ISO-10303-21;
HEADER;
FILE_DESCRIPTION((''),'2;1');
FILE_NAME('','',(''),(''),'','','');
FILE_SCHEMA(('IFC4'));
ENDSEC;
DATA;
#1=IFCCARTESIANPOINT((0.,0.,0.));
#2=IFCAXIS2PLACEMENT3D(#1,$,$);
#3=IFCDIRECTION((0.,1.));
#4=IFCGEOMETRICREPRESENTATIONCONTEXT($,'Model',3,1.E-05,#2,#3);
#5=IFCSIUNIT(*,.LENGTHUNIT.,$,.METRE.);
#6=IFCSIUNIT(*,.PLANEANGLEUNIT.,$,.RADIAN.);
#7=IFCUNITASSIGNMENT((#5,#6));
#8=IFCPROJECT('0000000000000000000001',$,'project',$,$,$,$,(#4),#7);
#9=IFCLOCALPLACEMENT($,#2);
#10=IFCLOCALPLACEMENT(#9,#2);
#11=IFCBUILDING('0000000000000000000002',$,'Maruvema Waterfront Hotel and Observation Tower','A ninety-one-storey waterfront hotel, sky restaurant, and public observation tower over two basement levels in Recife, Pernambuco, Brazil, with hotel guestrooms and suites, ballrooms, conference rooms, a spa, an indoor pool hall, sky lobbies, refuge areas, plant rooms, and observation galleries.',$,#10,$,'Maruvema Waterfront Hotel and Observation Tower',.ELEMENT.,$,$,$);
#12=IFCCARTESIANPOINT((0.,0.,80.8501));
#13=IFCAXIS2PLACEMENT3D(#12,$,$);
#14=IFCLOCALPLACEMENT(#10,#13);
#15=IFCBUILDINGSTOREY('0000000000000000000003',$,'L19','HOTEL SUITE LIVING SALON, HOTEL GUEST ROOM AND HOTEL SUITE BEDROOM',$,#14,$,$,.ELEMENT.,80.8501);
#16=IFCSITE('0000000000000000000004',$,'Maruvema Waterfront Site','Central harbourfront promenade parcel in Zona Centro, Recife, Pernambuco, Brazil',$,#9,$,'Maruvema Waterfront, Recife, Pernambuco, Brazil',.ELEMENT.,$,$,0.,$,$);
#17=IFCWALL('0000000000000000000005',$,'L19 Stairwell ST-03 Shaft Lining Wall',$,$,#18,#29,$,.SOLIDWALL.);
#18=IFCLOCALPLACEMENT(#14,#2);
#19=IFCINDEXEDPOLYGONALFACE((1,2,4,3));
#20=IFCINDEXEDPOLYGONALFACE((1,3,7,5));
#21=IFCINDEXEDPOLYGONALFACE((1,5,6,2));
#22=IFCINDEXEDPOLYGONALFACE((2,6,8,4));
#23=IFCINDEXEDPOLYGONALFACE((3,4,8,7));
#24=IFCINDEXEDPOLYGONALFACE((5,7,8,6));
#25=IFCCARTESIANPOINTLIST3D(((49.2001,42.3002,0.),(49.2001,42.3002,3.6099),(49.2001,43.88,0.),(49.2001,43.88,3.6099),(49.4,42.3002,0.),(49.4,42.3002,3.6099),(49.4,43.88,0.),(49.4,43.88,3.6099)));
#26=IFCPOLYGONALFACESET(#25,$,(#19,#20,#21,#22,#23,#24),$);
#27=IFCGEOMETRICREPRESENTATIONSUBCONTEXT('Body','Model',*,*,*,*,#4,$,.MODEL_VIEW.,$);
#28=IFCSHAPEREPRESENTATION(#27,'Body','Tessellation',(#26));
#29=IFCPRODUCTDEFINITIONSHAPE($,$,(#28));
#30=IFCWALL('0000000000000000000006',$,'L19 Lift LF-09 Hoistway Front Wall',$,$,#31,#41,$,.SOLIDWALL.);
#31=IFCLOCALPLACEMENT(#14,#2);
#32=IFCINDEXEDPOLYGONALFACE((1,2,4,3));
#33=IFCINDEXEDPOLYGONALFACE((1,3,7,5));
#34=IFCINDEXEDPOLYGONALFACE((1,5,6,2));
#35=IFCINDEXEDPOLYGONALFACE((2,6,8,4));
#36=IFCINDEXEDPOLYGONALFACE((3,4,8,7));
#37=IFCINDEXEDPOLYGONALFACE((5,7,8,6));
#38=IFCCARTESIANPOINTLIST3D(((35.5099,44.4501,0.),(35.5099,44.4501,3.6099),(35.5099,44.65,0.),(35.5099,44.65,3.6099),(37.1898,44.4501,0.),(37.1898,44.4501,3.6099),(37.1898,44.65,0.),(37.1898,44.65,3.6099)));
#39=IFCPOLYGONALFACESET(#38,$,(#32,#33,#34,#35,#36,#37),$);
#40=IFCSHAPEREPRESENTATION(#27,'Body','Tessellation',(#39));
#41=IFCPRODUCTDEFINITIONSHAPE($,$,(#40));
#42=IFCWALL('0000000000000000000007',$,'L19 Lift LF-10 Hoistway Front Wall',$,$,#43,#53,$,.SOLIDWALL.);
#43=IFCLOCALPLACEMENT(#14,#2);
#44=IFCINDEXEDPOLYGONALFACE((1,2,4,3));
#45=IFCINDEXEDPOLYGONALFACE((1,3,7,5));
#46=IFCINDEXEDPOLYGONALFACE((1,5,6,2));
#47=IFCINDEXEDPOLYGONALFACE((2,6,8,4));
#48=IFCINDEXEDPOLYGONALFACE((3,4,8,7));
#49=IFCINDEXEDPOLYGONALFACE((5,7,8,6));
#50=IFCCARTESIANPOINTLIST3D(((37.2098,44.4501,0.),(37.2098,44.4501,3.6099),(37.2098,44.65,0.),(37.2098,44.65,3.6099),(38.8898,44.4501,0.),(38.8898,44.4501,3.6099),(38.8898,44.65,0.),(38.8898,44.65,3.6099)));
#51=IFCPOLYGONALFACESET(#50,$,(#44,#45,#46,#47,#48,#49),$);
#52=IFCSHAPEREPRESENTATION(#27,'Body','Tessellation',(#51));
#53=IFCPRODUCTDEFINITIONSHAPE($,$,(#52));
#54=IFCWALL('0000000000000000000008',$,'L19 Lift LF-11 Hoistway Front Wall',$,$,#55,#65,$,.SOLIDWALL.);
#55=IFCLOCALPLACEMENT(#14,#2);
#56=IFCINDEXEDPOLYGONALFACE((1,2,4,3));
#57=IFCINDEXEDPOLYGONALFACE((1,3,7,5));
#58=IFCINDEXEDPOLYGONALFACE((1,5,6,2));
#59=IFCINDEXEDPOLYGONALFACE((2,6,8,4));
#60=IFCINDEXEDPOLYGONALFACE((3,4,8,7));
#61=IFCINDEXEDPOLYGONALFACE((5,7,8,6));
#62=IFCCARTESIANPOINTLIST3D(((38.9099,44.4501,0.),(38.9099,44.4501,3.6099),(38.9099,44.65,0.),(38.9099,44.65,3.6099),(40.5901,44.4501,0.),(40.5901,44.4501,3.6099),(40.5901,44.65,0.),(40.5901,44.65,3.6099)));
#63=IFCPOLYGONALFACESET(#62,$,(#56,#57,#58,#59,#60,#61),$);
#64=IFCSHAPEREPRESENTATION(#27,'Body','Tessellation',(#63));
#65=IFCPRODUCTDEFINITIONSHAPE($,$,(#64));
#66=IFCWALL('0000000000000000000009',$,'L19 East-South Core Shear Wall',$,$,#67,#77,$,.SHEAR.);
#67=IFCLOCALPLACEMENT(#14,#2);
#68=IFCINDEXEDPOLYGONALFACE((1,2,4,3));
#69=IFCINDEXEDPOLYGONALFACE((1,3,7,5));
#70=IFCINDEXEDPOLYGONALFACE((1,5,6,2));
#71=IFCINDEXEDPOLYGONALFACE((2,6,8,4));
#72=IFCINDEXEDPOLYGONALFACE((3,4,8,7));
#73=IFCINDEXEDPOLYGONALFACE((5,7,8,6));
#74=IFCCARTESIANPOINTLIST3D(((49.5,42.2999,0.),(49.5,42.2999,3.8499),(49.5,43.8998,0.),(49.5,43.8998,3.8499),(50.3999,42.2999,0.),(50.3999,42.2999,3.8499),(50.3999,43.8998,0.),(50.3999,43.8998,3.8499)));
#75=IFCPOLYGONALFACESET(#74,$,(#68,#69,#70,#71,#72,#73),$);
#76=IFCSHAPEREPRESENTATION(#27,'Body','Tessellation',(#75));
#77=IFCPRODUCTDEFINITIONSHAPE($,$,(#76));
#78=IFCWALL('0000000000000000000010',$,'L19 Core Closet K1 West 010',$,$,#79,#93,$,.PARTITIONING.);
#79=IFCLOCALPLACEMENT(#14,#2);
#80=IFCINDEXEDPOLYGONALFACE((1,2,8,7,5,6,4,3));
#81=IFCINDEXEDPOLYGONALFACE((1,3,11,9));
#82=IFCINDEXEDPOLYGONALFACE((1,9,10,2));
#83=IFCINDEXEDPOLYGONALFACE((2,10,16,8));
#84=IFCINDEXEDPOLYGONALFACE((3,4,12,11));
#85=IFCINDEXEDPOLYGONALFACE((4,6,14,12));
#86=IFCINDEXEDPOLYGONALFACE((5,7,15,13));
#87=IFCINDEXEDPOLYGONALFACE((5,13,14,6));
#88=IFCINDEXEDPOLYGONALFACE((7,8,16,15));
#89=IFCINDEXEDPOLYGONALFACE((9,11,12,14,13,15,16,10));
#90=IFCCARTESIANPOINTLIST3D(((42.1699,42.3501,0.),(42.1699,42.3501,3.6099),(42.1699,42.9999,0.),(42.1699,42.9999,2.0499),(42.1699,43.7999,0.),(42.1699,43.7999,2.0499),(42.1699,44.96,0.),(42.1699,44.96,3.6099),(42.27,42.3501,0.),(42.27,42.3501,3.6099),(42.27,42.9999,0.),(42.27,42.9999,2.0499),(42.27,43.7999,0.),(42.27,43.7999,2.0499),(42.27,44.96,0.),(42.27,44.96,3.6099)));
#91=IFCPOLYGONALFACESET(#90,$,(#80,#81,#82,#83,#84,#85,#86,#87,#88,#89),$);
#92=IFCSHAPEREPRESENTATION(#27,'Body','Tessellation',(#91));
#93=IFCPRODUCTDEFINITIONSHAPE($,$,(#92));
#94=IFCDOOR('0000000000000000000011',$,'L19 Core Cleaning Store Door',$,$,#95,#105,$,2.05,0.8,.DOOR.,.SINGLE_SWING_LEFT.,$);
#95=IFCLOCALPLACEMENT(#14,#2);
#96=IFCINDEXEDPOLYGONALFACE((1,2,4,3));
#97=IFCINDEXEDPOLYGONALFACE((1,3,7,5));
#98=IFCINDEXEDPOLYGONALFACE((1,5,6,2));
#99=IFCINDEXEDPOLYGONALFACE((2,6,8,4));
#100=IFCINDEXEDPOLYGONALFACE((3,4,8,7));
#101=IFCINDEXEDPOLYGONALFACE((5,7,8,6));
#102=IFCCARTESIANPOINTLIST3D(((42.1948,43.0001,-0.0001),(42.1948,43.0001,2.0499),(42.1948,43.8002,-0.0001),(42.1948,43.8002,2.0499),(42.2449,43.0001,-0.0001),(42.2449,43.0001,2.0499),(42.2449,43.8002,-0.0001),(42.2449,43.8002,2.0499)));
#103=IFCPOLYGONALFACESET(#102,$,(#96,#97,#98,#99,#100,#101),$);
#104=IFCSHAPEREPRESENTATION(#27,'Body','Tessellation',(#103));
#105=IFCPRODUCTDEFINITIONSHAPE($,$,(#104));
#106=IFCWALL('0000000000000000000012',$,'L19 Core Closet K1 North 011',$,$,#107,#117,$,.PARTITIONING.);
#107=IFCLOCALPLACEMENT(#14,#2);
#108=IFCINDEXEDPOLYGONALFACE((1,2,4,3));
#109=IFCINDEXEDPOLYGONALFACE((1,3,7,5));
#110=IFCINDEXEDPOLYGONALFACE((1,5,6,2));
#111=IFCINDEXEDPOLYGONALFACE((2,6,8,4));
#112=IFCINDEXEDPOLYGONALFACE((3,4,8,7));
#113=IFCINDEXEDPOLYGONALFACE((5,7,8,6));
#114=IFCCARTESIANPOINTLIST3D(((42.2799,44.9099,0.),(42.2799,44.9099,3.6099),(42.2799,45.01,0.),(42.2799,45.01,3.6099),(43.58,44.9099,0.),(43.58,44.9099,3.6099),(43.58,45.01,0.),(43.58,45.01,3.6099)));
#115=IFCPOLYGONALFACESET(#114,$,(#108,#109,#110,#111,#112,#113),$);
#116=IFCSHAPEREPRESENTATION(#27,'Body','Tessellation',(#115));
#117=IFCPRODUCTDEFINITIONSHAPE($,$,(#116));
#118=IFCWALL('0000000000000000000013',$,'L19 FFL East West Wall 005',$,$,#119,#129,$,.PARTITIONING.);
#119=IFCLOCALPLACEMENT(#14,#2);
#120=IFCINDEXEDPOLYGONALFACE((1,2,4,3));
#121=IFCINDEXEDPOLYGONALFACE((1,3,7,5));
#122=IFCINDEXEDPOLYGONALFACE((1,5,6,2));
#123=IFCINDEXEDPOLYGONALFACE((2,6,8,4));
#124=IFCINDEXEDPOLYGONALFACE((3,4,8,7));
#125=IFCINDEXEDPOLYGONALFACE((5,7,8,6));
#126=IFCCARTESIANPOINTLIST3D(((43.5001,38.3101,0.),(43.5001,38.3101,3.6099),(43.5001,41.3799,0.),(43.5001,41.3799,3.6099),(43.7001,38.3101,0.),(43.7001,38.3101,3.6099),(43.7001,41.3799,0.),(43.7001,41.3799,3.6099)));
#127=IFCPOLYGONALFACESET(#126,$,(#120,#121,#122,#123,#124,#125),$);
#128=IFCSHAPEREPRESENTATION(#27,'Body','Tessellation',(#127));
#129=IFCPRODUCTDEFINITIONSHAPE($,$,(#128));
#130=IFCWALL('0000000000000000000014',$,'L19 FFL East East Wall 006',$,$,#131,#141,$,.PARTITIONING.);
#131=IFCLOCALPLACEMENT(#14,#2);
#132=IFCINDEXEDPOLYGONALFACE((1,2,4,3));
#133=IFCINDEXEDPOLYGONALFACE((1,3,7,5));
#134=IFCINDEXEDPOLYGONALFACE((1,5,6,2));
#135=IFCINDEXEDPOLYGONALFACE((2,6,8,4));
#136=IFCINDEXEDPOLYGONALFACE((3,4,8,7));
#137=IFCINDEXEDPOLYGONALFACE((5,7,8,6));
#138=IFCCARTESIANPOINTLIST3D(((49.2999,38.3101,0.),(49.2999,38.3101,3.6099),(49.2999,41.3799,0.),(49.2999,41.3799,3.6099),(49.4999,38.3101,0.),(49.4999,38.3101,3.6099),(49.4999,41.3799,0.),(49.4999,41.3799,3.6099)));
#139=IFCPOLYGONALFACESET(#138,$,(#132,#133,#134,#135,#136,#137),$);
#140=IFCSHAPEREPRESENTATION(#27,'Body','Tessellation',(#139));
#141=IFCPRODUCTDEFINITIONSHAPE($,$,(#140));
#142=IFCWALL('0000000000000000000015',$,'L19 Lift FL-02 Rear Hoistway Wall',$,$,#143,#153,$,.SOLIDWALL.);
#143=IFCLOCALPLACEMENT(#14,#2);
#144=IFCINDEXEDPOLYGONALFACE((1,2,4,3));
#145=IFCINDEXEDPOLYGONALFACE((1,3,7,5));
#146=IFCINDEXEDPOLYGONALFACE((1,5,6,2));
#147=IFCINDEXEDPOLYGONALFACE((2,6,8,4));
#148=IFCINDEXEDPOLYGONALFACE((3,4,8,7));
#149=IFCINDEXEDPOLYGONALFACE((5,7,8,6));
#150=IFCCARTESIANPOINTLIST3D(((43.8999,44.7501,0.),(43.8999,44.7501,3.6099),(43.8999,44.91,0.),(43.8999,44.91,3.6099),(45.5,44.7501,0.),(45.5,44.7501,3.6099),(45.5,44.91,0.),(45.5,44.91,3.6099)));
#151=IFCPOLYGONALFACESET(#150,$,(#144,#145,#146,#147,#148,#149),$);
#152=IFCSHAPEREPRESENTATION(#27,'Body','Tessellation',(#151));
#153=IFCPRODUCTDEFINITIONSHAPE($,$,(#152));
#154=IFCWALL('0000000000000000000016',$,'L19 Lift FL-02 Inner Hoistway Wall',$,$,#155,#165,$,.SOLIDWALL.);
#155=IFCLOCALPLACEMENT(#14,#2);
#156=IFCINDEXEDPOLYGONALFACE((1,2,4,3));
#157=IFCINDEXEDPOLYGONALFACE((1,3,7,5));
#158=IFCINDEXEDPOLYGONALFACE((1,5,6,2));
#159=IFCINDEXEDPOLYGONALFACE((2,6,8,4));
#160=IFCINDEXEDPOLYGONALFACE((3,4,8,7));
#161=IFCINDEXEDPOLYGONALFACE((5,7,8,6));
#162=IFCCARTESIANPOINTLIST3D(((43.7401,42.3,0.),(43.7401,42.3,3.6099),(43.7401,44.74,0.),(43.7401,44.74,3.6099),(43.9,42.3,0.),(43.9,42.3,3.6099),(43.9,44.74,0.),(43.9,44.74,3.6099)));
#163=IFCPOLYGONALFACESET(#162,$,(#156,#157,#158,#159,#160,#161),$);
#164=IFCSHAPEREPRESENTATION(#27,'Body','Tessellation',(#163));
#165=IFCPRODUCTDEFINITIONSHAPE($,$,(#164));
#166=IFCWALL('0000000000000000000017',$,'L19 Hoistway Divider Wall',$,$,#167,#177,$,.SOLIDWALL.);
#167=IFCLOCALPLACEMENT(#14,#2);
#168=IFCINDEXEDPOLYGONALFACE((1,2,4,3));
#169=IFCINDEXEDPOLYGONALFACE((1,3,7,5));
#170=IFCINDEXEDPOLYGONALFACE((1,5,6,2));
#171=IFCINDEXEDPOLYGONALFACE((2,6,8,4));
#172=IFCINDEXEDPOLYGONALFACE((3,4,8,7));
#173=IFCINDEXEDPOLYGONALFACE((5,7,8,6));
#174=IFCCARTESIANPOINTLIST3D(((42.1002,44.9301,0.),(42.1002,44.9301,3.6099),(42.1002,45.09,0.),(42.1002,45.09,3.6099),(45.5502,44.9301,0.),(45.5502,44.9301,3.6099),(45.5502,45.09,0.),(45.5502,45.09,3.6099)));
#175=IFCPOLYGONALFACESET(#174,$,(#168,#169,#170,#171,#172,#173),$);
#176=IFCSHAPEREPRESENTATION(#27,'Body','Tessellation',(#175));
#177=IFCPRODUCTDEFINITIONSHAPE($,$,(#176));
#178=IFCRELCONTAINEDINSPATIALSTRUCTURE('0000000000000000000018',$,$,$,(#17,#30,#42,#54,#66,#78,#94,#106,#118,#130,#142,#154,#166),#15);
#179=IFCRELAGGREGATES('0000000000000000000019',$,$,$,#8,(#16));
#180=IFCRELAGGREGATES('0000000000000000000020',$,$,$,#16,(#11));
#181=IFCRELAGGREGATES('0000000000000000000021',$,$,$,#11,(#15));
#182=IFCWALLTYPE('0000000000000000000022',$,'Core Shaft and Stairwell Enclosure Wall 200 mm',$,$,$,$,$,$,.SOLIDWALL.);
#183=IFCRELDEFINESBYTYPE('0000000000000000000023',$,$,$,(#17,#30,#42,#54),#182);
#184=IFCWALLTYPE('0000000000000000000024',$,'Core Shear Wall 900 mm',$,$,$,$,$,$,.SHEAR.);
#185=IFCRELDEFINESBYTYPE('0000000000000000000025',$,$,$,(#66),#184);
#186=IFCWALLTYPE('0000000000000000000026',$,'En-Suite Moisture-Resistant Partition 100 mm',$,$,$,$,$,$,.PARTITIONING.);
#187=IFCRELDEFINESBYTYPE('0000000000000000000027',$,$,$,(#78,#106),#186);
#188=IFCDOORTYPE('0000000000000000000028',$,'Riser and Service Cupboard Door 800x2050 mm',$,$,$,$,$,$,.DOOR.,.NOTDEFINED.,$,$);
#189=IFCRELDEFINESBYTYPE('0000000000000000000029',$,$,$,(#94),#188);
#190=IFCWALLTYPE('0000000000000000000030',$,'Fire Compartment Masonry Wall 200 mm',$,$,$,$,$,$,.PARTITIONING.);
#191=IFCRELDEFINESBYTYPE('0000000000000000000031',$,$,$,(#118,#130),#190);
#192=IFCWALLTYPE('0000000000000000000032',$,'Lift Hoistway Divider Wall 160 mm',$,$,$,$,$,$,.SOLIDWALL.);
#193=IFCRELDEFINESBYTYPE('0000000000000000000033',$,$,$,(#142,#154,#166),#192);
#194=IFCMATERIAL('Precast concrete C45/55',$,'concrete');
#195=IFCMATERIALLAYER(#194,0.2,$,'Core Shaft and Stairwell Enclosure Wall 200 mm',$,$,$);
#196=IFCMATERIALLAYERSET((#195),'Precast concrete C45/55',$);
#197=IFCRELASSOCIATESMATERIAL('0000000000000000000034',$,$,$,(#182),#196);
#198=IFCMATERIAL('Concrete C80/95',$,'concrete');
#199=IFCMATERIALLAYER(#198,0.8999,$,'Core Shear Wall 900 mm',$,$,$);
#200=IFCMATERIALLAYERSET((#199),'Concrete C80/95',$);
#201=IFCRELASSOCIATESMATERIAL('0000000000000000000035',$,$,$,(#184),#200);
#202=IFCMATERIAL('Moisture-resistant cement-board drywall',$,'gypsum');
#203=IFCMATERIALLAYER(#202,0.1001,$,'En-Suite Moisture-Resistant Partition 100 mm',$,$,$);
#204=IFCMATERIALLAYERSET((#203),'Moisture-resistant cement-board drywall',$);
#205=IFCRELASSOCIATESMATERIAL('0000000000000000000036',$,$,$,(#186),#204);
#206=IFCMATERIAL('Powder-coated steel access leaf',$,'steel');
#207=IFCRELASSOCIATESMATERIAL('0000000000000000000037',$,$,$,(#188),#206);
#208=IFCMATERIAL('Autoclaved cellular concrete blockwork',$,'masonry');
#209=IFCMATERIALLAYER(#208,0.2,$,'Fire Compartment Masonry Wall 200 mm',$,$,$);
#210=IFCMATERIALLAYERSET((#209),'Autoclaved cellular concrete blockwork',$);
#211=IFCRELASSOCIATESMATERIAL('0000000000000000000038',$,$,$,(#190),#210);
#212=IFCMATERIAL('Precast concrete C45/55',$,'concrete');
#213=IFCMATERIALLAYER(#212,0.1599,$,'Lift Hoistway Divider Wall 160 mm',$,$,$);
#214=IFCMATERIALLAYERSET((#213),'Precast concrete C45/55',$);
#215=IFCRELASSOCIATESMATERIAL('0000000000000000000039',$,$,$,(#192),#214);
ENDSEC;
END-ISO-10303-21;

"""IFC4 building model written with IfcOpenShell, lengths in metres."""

from ifc_helpers import new_model, si_unit, direction, frame, frame_2d, origin, place, context, subcontext, project, spatial, rectangle, extrude, material, layer, layer_set, type_object, element, fill, save


model = new_model("IFC4")

# Units and contexts
model_context = context("Model", 3, precision=1e-05, world=origin(), true_north=direction((0.0, 1.0)))
body_context = subcontext(model_context, "Body", "Model", "MODEL_VIEW")
ifc_project = project(units=[si_unit("LENGTHUNIT", "METRE"), si_unit("PLANEANGLEUNIT", "RADIAN")], contexts=[model_context])

# Site, building, storey
site_placement = place(None, origin())
site = spatial("IfcSite", under=ifc_project, at=site_placement, Name="Maruvema Waterfront Site", Description="Central harbourfront promenade parcel in Zona Centro, Recife, Pernambuco, Brazil", LongName="Maruvema Waterfront, Recife, Pernambuco, Brazil", CompositionType="ELEMENT", RefElevation=0.0)
building_placement = place(site_placement, origin())
building = spatial("IfcBuilding", under=site, at=building_placement, Name="Maruvema Waterfront Hotel and Observation Tower", Description="A ninety-one-storey waterfront hotel, sky restaurant, and public observation tower over two basement levels in Recife, Pernambuco, Brazil, with hotel guestrooms and suites, ballrooms, conference rooms, a spa, an indoor pool hall, sky lobbies, refuge areas, plant rooms, and observation galleries.", LongName="Maruvema Waterfront Hotel and Observation Tower", CompositionType="ELEMENT")
storey_placement = place(building_placement, frame((0.0, 0.0, 80.8501)))
storey = spatial("IfcBuildingStorey", under=building, at=storey_placement, Name="L19", Description="HOTEL SUITE LIVING SALON, HOTEL GUEST ROOM AND HOTEL SUITE BEDROOM", CompositionType="ELEMENT", Elevation=80.8501)

# Walls
ifc_material_1 = material(Name="Precast concrete C45/55", Category="concrete")
ifc_layer_1 = layer(ifc_material_1, 0.2, Name="Core Shaft and Stairwell Enclosure Wall 200 mm")
ifc_layer_set_1 = layer_set([ifc_layer_1], Name="Precast concrete C45/55")
wall_type_1 = type_object("IfcWallType", Name="Core Shaft and Stairwell Enclosure Wall 200 mm", PredefinedType="SOLIDWALL", material=ifc_layer_set_1)
wall_1_placement = place(storey_placement, frame((49.3, 42.3, 0.0), z_axis=(0.0, 0.0, 1.0), x_axis=(0.0, 1.0, 0.0)))
element("IfcWall", 1, at=wall_1_placement, inside=storey, type_object=wall_type_1, Name="L19 Stairwell ST-03 Shaft Lining Wall", PredefinedType="SOLIDWALL", context=body_context, shape_type="SweptSolid", body=[
    extrude(rectangle(XDim=1.5798, YDim=0.2, at=frame_2d((0.79, 0.0))), origin(), (0.0, 0.0, 1.0), 3.6099),
])
for number, where, z_axis, x_axis, name in (
    (2, (35.51, 44.55, 0.0), (0.0, 0.0, 1.0), (1.0, 0.0, 0.0), "L19 Lift LF-09 Hoistway Front Wall"),
    (3, (37.21, 44.55, 0.0), (0.0, 0.0, 1.0), (1.0, 0.0, 0.0), "L19 Lift LF-10 Hoistway Front Wall"),
):
    element("IfcWall", number, at=place(storey_placement, frame(where, z_axis=z_axis, x_axis=x_axis)), inside=storey, type_object=wall_type_1, Name=name, PredefinedType="SOLIDWALL", context=body_context, shape_type="SweptSolid", body=[
        extrude(rectangle(XDim=1.6799, YDim=0.2, at=frame_2d((0.8398, 0.0))), origin(), (0.0, 0.0, 1.0), 3.6099),
    ])
wall_2_placement = place(storey_placement, frame((38.9099, 44.55, 0.0), z_axis=(0.0, 0.0, 1.0), x_axis=(1.0, 0.0, 0.0)))
element("IfcWall", 4, at=wall_2_placement, inside=storey, type_object=wall_type_1, Name="L19 Lift LF-11 Hoistway Front Wall", PredefinedType="SOLIDWALL", context=body_context, shape_type="SweptSolid", body=[
    extrude(rectangle(XDim=1.6802, YDim=0.2, at=frame_2d((0.8401, 0.0))), origin(), (0.0, 0.0, 1.0), 3.6099),
])

# Shared definitions
ifc_material_2 = material(Name="Concrete C80/95", Category="concrete")
ifc_layer_2 = layer(ifc_material_2, 0.8999, Name="Core Shear Wall 900 mm")
ifc_layer_set_2 = layer_set([ifc_layer_2], Name="Concrete C80/95")
wall_type_2 = type_object("IfcWallType", Name="Core Shear Wall 900 mm", PredefinedType="SHEAR", material=ifc_layer_set_2)

# Wall
wall_3_placement = place(storey_placement, frame((49.95, 42.3, 0.0), z_axis=(0.0, 0.0, 1.0), x_axis=(0.0, 1.0, 0.0)))
element("IfcWall", 5, at=wall_3_placement, inside=storey, type_object=wall_type_2, Name="L19 East-South Core Shear Wall", PredefinedType="SHEAR", context=body_context, shape_type="SweptSolid", body=[
    extrude(rectangle(XDim=1.5999, YDim=0.8999, at=frame_2d((0.7998, 0.0))), origin(), (0.0, 0.0, 1.0), 3.8499),
])

# Wall, opening, door
ifc_material_3 = material(Name="Moisture-resistant cement-board drywall", Category="gypsum")
ifc_layer_3 = layer(ifc_material_3, 0.1001, Name="En-Suite Moisture-Resistant Partition 100 mm")
ifc_layer_set_3 = layer_set([ifc_layer_3], Name="Moisture-resistant cement-board drywall")
wall_type_3 = type_object("IfcWallType", Name="En-Suite Moisture-Resistant Partition 100 mm", PredefinedType="PARTITIONING", material=ifc_layer_set_3)
wall_4_placement = place(storey_placement, frame((42.22, 42.3501, 0.0), z_axis=(0.0, 0.0, 1.0), x_axis=(0.0, 1.0, 0.0)))
wall_4 = element("IfcWall", 6, at=wall_4_placement, inside=storey, type_object=wall_type_3, Name="L19 Core Closet K1 West 010", PredefinedType="PARTITIONING", context=body_context, shape_type="SweptSolid", body=[
    extrude(rectangle(XDim=2.6099, YDim=0.1001, at=frame_2d((1.3049, 0.0))), origin(), (0.0, 0.0, 1.0), 3.6099),
])
opening_1_placement = place(wall_4_placement, frame((0.6499, 0.0, 0.0)))
opening_1 = element("IfcOpeningElement", 7, at=opening_1_placement, cuts=wall_4, PredefinedType="OPENING", context=body_context, shape_type="SweptSolid", body=[
    extrude(rectangle(XDim=0.8, YDim=2.05, at=frame_2d((0.3999, 1.0249))), frame((0.0, 0.0601, 0.0), z_axis=(0.0, -1.0, 0.0), x_axis=(1.0, 0.0, 0.0)), (0.0, 0.0, 1.0), 0.1201),
])
ifc_material_4 = material(Name="Powder-coated steel access leaf", Category="steel")
door_type_1 = type_object("IfcDoorType", Name="Riser and Service Cupboard Door 800x2050 mm", OperationType="NOTDEFINED", PredefinedType="DOOR", material=ifc_material_4)
door_1_placement = place(opening_1_placement, frame((0.8, 0.0, 0.0), z_axis=(0.0, 0.0, 1.0), x_axis=(-1.0, 0.0, 0.0)))
door_1 = element("IfcDoor", 8, at=door_1_placement, inside=storey, type_object=door_type_1, Name="L19 Core Cleaning Store Door", OperationType="SINGLE_SWING_LEFT", OverallHeight=2.05, OverallWidth=0.8, PredefinedType="DOOR", context=body_context, shape_type="SweptSolid", body=[
    extrude(rectangle(XDim=0.8, YDim=2.05, at=frame_2d((0.3999, 1.0249))), frame((0.0, 0.0249, 0.0), z_axis=(0.0, -1.0, 0.0), x_axis=(1.0, 0.0, 0.0)), (0.0, 0.0, 1.0), 0.05),
])
fill(opening_1, door_1)

# Wall
wall_5_placement = place(storey_placement, frame((42.28, 44.96, 0.0), z_axis=(0.0, 0.0, 1.0), x_axis=(1.0, 0.0, 0.0)))
element("IfcWall", 9, at=wall_5_placement, inside=storey, type_object=wall_type_3, Name="L19 Core Closet K1 North 011", PredefinedType="PARTITIONING", context=body_context, shape_type="SweptSolid", body=[
    extrude(rectangle(XDim=1.3, YDim=0.1001, at=frame_2d((0.6499, 0.0))), origin(), (0.0, 0.0, 1.0), 3.6099),
])

# Shared definitions
ifc_material_5 = material(Name="Autoclaved cellular concrete blockwork", Category="masonry")
ifc_layer_4 = layer(ifc_material_5, 0.2, Name="Fire Compartment Masonry Wall 200 mm")
ifc_layer_set_4 = layer_set([ifc_layer_4], Name="Autoclaved cellular concrete blockwork")
wall_type_4 = type_object("IfcWallType", Name="Fire Compartment Masonry Wall 200 mm", PredefinedType="PARTITIONING", material=ifc_layer_set_4)

# Walls
for number, where, z_axis, x_axis, name in (
    (10, (43.6001, 38.3101, 0.0), (0.0, 0.0, 1.0), (0.0, 1.0, 0.0), "L19 FFL East West Wall 005"),
    (11, (49.3999, 38.3101, 0.0), (0.0, 0.0, 1.0), (0.0, 1.0, 0.0), "L19 FFL East East Wall 006"),
):
    element("IfcWall", number, at=place(storey_placement, frame(where, z_axis=z_axis, x_axis=x_axis)), inside=storey, type_object=wall_type_4, Name=name, PredefinedType="PARTITIONING", context=body_context, shape_type="SweptSolid", body=[
        extrude(rectangle(XDim=3.0698, YDim=0.2, at=frame_2d((1.5349, 0.0))), origin(), (0.0, 0.0, 1.0), 3.6099),
    ])
ifc_material_6 = material(Name="Precast concrete C45/55", Category="concrete")
ifc_layer_5 = layer(ifc_material_6, 0.1599, Name="Lift Hoistway Divider Wall 160 mm")
ifc_layer_set_5 = layer_set([ifc_layer_5], Name="Precast concrete C45/55")
wall_type_5 = type_object("IfcWallType", Name="Lift Hoistway Divider Wall 160 mm", PredefinedType="SOLIDWALL", material=ifc_layer_set_5)
wall_6_placement = place(storey_placement, frame((43.8999, 44.8301, 0.0), z_axis=(0.0, 0.0, 1.0), x_axis=(1.0, 0.0, 0.0)))
element("IfcWall", 12, at=wall_6_placement, inside=storey, type_object=wall_type_5, Name="L19 Lift FL-02 Rear Hoistway Wall", PredefinedType="SOLIDWALL", context=body_context, shape_type="SweptSolid", body=[
    extrude(rectangle(XDim=1.6001, YDim=0.1599, at=frame_2d((0.8, 0.0))), origin(), (0.0, 0.0, 1.0), 3.6099),
])
wall_7_placement = place(storey_placement, frame((43.8201, 42.3, 0.0), z_axis=(0.0, 0.0, 1.0), x_axis=(0.0, 1.0, 0.0)))
element("IfcWall", 13, at=wall_7_placement, inside=storey, type_object=wall_type_5, Name="L19 Lift FL-02 Inner Hoistway Wall", PredefinedType="SOLIDWALL", context=body_context, shape_type="SweptSolid", body=[
    extrude(rectangle(XDim=2.4399, YDim=0.1599, at=frame_2d((1.22, 0.0))), origin(), (0.0, 0.0, 1.0), 3.6099),
])
wall_8_placement = place(storey_placement, frame((42.1001, 45.01, 0.0), z_axis=(0.0, 0.0, 1.0), x_axis=(1.0, 0.0, 0.0)))
element("IfcWall", 14, at=wall_8_placement, inside=storey, type_object=wall_type_5, Name="L19 Hoistway Divider Wall", PredefinedType="SOLIDWALL", context=body_context, shape_type="SweptSolid", body=[
    extrude(rectangle(XDim=3.45, YDim=0.1599, at=frame_2d((1.7251, 0.0))), origin(), (0.0, 0.0, 1.0), 3.6099),
])

save(model, "model.ifc")
